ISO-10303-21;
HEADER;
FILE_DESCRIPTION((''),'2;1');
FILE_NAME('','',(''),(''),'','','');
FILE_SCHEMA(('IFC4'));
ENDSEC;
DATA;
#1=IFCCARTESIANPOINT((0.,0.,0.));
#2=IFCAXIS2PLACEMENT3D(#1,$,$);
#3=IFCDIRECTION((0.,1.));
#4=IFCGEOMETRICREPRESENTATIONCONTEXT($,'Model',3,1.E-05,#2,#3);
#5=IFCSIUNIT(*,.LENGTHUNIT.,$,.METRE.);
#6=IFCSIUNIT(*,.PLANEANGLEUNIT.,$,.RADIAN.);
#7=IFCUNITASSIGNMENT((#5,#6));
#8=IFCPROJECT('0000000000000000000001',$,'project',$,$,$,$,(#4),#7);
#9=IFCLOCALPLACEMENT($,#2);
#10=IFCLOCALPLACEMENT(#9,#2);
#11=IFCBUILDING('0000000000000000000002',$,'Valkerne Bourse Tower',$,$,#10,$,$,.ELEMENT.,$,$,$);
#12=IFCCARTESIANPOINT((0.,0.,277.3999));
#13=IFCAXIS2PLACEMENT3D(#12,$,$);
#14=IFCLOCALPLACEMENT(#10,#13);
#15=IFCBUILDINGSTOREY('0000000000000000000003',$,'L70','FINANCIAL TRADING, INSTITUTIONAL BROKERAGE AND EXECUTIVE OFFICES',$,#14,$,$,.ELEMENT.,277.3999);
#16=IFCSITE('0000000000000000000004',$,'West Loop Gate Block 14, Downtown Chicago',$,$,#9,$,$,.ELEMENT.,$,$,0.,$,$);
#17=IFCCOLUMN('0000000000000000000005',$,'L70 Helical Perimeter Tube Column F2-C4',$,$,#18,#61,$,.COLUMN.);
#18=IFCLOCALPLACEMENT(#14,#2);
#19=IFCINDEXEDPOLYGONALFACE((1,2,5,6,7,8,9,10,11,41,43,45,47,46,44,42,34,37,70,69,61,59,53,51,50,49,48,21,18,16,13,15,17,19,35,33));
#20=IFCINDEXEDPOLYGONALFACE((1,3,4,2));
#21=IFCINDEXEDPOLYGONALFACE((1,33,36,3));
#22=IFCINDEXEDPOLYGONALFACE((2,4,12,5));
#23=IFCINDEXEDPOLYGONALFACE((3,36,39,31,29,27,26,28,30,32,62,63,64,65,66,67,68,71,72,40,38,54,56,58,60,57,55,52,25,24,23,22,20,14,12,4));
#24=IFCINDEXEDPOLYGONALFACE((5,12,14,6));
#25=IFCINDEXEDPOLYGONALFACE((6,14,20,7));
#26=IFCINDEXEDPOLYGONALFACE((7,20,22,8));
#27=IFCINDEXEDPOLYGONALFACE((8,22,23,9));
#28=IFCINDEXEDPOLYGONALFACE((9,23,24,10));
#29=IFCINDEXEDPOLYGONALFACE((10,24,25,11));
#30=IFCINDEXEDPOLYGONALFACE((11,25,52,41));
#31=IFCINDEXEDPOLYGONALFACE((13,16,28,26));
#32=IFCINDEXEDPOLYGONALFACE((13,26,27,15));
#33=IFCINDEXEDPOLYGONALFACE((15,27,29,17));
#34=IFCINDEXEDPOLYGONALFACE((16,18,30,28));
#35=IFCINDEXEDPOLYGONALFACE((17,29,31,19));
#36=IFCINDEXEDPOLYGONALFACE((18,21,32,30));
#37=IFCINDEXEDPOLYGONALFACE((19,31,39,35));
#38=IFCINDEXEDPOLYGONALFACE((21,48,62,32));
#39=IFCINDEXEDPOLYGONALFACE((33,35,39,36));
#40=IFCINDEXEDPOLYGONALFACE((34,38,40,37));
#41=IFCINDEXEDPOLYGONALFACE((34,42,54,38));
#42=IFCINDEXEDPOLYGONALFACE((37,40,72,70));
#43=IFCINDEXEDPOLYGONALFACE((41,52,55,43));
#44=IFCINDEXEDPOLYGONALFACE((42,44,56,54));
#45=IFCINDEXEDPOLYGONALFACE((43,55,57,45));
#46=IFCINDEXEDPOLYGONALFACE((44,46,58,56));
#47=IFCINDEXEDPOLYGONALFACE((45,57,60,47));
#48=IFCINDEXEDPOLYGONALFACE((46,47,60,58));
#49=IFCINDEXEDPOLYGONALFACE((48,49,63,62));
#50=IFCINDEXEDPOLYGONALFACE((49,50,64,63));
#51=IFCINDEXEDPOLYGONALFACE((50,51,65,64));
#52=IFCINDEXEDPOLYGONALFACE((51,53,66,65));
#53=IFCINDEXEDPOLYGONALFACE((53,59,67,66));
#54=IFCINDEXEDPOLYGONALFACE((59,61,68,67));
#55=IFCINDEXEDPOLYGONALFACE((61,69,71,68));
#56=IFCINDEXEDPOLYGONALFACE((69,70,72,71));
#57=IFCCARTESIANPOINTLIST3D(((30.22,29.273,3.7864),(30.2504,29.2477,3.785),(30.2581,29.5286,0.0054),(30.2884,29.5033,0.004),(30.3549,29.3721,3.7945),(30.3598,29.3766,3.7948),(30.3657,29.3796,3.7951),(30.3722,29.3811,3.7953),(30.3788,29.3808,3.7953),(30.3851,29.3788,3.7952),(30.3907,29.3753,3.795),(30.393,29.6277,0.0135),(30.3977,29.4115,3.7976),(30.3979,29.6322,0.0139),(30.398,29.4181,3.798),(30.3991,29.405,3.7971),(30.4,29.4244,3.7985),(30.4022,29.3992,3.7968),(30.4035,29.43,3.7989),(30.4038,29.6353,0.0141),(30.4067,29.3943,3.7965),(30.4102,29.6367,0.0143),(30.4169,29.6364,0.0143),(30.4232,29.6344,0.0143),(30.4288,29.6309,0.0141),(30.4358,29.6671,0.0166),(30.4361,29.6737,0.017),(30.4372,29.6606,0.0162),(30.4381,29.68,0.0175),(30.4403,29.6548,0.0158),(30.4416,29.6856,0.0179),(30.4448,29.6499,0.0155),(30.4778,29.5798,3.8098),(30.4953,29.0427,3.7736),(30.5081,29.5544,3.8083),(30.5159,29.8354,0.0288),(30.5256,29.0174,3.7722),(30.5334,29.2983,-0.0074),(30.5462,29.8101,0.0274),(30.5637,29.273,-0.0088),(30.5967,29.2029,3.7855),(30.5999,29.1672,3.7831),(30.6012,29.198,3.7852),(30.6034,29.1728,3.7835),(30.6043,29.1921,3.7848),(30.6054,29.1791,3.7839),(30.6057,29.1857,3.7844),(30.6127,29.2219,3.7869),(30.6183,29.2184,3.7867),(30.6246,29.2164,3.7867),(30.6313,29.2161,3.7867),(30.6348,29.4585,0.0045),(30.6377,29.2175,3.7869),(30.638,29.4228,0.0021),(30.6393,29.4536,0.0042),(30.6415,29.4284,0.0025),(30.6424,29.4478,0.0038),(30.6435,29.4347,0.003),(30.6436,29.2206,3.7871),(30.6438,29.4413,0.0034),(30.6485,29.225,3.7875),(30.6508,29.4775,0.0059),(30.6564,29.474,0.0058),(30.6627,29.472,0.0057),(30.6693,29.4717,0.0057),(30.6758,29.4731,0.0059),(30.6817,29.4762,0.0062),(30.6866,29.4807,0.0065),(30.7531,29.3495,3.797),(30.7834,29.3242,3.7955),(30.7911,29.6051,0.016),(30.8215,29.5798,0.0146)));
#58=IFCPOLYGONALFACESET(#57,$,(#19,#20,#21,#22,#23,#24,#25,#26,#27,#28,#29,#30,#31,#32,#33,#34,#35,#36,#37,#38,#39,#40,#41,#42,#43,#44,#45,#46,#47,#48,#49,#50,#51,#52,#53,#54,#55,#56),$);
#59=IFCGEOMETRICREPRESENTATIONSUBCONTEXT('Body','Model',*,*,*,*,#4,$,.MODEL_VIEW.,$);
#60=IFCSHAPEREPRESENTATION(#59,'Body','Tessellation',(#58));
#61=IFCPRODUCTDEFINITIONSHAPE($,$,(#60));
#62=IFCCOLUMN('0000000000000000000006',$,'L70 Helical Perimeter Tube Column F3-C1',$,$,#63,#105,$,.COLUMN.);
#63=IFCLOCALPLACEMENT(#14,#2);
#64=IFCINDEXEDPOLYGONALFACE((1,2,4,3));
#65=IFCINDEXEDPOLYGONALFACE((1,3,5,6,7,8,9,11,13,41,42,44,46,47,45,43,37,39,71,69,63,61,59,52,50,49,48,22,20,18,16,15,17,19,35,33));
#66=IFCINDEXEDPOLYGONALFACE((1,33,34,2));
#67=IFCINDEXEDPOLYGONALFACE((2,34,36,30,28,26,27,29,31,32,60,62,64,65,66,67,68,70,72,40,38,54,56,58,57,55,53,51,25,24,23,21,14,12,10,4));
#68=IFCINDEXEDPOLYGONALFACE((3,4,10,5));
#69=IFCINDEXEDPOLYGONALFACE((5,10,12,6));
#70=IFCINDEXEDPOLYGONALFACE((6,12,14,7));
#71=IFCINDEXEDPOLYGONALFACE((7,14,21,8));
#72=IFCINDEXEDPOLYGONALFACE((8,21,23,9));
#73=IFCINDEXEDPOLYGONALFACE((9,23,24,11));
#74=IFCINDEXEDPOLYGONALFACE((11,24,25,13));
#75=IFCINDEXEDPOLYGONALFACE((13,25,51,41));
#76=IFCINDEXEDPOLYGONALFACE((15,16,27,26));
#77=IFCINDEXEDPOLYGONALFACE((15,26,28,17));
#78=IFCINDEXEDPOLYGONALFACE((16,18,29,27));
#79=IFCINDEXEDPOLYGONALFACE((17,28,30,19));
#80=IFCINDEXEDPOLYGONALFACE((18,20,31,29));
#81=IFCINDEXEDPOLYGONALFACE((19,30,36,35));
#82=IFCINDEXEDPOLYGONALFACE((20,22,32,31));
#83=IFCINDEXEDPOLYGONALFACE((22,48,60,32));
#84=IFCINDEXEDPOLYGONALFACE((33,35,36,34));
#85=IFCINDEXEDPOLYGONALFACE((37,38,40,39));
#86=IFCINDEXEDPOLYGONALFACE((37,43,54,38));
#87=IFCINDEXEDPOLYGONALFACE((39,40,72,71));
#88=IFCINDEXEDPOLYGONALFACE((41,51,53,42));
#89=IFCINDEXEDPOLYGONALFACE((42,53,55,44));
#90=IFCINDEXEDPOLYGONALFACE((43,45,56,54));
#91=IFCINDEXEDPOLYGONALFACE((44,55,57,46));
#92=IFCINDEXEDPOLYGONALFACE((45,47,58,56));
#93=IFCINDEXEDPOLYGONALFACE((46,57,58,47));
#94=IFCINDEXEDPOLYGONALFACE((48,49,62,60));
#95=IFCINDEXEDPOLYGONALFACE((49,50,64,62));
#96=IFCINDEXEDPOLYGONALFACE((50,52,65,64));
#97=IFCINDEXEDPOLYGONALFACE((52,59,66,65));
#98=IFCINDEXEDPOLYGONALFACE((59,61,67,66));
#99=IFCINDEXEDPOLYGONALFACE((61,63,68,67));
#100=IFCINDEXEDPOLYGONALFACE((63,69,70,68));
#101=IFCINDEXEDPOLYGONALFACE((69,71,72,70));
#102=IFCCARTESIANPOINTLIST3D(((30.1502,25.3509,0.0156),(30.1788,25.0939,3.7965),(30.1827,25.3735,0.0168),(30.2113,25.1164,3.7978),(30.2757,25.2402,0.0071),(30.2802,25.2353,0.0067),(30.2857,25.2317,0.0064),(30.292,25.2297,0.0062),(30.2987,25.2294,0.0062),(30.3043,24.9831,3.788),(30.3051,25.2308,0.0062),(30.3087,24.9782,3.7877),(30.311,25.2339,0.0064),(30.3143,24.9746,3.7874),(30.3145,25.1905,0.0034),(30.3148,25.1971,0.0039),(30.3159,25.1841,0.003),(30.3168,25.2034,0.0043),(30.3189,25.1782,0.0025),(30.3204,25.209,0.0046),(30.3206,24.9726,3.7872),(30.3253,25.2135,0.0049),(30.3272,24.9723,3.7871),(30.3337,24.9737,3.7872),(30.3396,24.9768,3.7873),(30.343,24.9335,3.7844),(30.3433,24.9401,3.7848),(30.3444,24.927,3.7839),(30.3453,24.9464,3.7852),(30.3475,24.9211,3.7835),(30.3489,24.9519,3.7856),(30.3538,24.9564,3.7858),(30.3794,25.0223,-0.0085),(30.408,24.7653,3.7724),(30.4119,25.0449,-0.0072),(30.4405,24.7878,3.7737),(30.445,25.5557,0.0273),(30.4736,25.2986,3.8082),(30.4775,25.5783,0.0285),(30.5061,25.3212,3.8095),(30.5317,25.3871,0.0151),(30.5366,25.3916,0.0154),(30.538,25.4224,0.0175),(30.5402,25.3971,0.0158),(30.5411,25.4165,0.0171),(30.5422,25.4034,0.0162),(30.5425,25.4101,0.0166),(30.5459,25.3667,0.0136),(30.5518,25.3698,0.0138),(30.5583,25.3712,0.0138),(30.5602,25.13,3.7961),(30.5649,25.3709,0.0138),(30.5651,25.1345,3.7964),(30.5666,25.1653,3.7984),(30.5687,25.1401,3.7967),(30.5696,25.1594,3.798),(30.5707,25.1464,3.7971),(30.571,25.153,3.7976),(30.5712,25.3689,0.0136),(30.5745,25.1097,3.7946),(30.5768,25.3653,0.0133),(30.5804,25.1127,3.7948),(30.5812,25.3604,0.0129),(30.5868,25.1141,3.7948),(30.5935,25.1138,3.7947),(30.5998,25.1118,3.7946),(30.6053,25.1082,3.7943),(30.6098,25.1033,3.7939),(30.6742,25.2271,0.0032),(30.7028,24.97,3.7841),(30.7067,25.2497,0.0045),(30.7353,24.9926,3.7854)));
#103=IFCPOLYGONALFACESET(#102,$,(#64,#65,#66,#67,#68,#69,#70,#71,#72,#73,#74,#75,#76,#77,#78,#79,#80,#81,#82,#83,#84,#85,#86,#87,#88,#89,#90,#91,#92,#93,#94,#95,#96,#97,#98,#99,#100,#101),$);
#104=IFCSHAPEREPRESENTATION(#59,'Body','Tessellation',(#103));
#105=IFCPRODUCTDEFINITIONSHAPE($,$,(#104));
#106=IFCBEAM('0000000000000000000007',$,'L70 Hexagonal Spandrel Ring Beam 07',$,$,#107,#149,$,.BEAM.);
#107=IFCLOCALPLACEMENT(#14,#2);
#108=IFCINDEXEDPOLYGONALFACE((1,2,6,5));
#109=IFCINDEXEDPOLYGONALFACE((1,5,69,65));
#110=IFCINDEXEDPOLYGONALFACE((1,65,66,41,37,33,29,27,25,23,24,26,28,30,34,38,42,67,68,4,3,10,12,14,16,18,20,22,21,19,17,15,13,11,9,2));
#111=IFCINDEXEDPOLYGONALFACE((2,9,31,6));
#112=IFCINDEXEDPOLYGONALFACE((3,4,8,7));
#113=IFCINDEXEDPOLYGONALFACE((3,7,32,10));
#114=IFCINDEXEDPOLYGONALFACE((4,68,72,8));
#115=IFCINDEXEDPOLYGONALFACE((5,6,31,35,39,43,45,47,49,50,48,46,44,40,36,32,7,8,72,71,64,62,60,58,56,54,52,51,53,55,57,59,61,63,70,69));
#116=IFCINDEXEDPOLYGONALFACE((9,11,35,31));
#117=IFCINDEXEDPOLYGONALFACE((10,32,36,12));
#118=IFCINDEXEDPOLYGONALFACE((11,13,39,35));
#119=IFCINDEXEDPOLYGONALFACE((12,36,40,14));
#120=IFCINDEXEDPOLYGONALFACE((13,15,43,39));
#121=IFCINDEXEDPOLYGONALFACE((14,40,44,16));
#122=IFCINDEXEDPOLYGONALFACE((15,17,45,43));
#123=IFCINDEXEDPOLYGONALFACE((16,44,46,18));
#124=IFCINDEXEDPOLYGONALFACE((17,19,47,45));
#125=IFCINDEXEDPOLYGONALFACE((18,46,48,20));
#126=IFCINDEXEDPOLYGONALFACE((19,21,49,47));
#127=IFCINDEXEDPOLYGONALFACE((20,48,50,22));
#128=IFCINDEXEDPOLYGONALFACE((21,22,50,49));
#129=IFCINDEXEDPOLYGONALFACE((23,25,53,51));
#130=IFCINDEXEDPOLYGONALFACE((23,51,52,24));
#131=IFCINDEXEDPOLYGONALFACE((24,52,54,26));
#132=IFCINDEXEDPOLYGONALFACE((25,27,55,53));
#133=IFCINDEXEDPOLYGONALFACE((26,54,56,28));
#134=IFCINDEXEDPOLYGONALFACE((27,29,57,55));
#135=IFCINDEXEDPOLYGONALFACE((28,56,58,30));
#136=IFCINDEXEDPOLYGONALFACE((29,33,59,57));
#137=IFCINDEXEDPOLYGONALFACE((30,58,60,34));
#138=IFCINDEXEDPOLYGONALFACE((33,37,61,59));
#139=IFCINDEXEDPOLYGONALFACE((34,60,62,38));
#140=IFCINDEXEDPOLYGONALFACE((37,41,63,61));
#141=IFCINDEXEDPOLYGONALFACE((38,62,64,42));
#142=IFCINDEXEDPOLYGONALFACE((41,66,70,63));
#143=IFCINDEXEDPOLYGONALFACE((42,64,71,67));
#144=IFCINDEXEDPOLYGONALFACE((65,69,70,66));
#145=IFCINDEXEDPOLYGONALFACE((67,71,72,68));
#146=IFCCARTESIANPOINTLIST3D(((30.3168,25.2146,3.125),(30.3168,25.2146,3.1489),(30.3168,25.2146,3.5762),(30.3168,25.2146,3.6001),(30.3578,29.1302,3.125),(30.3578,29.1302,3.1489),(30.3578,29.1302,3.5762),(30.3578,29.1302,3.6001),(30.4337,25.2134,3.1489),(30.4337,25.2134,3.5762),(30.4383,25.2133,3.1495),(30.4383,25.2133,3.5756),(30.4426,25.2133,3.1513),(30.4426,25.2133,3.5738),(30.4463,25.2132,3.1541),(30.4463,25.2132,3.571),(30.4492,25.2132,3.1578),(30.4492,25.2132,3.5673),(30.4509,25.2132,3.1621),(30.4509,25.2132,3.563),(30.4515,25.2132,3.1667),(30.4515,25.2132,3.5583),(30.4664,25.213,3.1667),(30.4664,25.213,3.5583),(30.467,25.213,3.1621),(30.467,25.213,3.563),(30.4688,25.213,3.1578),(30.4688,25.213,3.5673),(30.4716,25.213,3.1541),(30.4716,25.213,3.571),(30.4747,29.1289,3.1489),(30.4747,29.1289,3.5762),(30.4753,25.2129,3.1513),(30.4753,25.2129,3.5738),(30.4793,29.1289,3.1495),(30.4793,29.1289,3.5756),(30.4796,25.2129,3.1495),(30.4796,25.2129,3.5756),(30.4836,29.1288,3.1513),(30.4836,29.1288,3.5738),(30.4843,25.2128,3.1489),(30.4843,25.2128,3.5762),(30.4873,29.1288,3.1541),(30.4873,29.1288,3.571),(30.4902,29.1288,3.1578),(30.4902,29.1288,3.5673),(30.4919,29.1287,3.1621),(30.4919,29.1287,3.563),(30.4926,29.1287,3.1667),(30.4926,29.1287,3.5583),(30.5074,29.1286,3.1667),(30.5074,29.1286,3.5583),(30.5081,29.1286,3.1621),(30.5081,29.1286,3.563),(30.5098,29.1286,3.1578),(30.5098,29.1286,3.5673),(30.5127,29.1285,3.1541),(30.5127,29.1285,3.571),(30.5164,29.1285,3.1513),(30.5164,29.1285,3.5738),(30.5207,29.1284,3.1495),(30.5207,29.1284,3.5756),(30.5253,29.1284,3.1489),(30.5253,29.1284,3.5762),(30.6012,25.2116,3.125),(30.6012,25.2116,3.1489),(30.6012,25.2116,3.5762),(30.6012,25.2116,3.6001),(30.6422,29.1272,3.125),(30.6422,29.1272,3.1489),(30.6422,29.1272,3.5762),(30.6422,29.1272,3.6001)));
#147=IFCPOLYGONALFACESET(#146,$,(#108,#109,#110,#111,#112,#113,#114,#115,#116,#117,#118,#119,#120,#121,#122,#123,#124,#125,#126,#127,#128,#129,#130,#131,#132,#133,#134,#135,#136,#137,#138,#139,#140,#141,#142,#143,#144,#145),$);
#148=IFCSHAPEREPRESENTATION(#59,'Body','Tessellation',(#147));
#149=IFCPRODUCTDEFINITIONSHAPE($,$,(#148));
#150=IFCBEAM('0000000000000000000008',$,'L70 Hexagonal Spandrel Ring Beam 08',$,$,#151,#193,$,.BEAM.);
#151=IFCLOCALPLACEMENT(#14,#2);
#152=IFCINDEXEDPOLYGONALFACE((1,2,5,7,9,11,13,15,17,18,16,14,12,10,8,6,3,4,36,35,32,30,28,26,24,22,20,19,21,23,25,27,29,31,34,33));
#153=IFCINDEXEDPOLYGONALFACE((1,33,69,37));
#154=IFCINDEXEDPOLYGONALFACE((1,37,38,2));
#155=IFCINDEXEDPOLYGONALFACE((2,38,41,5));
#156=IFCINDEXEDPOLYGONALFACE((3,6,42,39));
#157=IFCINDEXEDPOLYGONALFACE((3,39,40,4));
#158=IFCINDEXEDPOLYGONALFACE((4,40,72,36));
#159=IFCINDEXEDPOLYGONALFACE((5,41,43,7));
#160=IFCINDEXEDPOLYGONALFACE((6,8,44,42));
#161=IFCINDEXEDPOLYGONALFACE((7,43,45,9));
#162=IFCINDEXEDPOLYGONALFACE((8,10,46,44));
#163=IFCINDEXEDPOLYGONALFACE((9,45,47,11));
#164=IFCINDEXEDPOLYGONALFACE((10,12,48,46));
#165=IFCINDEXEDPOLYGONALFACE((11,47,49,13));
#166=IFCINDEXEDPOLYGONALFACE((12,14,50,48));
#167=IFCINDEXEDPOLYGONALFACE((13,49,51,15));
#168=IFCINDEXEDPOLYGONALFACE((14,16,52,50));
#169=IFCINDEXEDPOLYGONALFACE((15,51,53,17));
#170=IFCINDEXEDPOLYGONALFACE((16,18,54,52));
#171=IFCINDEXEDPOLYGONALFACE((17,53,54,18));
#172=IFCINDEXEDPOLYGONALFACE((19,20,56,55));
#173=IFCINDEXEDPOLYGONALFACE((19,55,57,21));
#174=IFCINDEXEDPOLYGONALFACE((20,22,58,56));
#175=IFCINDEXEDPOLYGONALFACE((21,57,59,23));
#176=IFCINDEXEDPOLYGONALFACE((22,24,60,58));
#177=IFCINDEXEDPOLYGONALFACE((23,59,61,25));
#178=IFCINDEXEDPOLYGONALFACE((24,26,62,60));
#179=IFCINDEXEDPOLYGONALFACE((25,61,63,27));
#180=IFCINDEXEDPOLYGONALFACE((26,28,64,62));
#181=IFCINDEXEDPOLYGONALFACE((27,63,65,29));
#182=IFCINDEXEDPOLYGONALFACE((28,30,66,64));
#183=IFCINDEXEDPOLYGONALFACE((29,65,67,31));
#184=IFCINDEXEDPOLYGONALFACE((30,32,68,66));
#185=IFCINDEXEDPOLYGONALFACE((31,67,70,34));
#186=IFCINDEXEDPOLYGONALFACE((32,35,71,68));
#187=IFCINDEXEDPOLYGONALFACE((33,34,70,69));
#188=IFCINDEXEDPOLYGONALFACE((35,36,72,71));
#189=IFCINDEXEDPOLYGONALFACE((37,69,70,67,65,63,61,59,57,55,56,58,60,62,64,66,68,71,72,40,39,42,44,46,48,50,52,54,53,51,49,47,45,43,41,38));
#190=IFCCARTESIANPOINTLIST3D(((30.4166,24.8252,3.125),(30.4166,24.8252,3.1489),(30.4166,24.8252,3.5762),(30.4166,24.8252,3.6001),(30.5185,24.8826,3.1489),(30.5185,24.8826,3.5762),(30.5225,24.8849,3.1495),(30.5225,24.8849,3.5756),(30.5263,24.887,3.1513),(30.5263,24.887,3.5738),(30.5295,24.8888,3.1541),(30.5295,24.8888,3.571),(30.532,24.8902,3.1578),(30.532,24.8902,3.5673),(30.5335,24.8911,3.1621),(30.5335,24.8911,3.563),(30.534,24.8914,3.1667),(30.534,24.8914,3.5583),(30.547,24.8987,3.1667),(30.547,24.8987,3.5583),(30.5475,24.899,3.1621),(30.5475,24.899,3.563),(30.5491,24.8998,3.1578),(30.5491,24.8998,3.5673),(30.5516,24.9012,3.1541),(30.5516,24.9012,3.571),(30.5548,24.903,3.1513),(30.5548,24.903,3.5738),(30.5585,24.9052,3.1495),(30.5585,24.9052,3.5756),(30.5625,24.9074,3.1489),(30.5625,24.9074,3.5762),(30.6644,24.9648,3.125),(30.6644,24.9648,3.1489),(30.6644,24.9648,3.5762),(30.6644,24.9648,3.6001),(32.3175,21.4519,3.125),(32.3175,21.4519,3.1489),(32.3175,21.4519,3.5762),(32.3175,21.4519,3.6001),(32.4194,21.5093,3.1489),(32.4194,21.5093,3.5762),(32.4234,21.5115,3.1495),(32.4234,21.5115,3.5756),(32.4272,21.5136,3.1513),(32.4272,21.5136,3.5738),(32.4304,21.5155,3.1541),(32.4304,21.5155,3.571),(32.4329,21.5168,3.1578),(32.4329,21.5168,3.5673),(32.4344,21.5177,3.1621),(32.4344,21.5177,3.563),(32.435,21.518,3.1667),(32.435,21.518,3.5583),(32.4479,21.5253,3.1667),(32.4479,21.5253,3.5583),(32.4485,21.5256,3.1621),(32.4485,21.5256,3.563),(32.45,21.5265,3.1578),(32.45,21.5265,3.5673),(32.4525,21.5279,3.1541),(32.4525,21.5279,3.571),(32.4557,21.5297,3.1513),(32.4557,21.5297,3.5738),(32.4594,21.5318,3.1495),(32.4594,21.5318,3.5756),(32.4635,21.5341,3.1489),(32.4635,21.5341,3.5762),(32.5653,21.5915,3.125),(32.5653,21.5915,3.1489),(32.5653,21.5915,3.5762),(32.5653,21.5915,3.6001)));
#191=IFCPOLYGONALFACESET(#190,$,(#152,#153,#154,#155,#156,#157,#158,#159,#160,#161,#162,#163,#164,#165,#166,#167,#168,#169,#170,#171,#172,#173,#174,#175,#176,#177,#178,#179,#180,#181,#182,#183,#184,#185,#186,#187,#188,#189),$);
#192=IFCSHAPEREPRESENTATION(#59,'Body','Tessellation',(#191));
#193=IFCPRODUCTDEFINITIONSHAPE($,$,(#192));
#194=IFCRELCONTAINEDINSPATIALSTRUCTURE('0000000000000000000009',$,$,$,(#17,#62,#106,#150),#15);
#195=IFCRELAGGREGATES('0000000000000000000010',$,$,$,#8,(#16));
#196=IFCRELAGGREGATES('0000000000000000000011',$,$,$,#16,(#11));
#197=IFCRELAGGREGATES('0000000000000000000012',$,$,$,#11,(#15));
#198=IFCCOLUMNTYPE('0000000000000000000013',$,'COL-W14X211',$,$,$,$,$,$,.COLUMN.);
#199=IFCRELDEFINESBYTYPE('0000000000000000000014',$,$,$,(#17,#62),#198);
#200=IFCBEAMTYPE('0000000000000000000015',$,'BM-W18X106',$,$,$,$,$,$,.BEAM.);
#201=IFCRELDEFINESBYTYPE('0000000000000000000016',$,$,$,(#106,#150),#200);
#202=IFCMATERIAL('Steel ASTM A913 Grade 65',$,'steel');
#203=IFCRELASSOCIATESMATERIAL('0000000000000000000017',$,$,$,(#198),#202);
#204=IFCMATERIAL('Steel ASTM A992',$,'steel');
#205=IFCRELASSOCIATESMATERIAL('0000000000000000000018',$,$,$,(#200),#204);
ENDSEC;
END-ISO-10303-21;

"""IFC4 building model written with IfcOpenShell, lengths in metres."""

from ifc_helpers import new_model, si_unit, direction, frame, origin, origin_2d, place, context, subcontext, project, spatial, i_section, extrude, material, material_profile, profile_set, type_object, element, save


model = new_model("IFC4")

# Units and contexts
model_context = context("Model", 3, precision=1e-05, world=origin(), true_north=direction((0.0, 1.0)))
body_context = subcontext(model_context, "Body", "Model", "MODEL_VIEW")
ifc_project = project(units=[si_unit("LENGTHUNIT", "METRE"), si_unit("PLANEANGLEUNIT", "RADIAN")], contexts=[model_context])

# Site, building, storey
site_placement = place(None, origin())
site = spatial("IfcSite", under=ifc_project, at=site_placement, Name="West Loop Gate Block 14, Downtown Chicago", CompositionType="ELEMENT", RefElevation=0.0)
building_placement = place(site_placement, origin())
building = spatial("IfcBuilding", under=site, at=building_placement, Name="Valkerne Bourse Tower", CompositionType="ELEMENT")
storey_placement = place(building_placement, frame((0.0, 0.0, 277.3999)))
storey = spatial("IfcBuildingStorey", under=building, at=storey_placement, Name="L70", Description="FINANCIAL TRADING, INSTITUTIONAL BROKERAGE AND EXECUTIVE OFFICES", CompositionType="ELEMENT", Elevation=277.3999)

# Columns
ifc_material_1 = material(Name="Steel ASTM A913 Grade 65", Category="steel")
ifc_material_profile_1 = material_profile(ifc_material_1, i_section(OverallWidth=0.4014, OverallDepth=0.3987, WebThickness=0.0249, FlangeThickness=0.0396, FilletRadius=0.0254, at=origin_2d()), Name="W14X211")
ifc_profile_set_1 = profile_set([ifc_material_profile_1], Name="Steel ASTM A913 Grade 65")
column_type = type_object("IfcColumnType", Name="COL-W14X211", PredefinedType="COLUMN", material=ifc_profile_set_1)
for number, where, z_axis, x_axis, name in (
    (1, (30.5398, 29.5542, 0.01), (-0.01005, -0.067448, 0.997672), (-0.642155, -0.764367, -0.058143), "L70 Helical Perimeter Tube Column F2-C4"),
    (2, (30.4285, 25.3003, 0.01), (0.007537, -0.067834, 0.997668), (0.571063, -0.818712, -0.059981), "L70 Helical Perimeter Tube Column F3-C1"),
):
    element("IfcColumn", number, at=place(storey_placement, frame(where, z_axis=z_axis, x_axis=x_axis)), inside=storey, type_object=column_type, Name=name, PredefinedType="COLUMN", context=body_context, shape_type="SweptSolid", body=[
        extrude(i_section(OverallWidth=0.4014, OverallDepth=0.3987, WebThickness=0.0249, FlangeThickness=0.0396, FilletRadius=0.0254, at=origin_2d()), origin(), (0.0, 0.0, 1.0), 3.7898),
    ])

# Beams
ifc_material_2 = material(Name="Steel ASTM A992", Category="steel")
ifc_material_profile_2 = material_profile(ifc_material_2, i_section(OverallWidth=0.2844, OverallDepth=0.4751, WebThickness=0.0149, FlangeThickness=0.0239, FilletRadius=0.0178, at=origin_2d()), Name="W18X106")
ifc_profile_set_2 = profile_set([ifc_material_profile_2], Name="Steel ASTM A992")
beam_type = type_object("IfcBeamType", Name="BM-W18X106", PredefinedType="BEAM", material=ifc_profile_set_2)
beam_1_placement = place(storey_placement, frame((30.5, 29.1287, 3.3625), z_axis=(-0.010475, -0.999945, 0.0), x_axis=(0.999945, -0.010475, 0.0)))
element("IfcBeam", 3, at=beam_1_placement, inside=storey, type_object=beam_type, Name="L70 Hexagonal Spandrel Ring Beam 07", PredefinedType="BEAM", context=body_context, shape_type="SweptSolid", body=[
    extrude(i_section(OverallWidth=0.2844, OverallDepth=0.4751, WebThickness=0.0149, FlangeThickness=0.0239, FilletRadius=0.0178, at=origin_2d()), origin(), (0.0, 0.0, 1.0), 3.9158),
])
beam_2_placement = place(storey_placement, frame((30.5405, 24.895, 3.3625), z_axis=(0.490929, -0.8712, 0.0), x_axis=(0.8712, 0.490929, 0.0)))
element("IfcBeam", 4, at=beam_2_placement, inside=storey, type_object=beam_type, Name="L70 Hexagonal Spandrel Ring Beam 08", PredefinedType="BEAM", context=body_context, shape_type="SweptSolid", body=[
    extrude(i_section(OverallWidth=0.2844, OverallDepth=0.4751, WebThickness=0.0149, FlangeThickness=0.0239, FilletRadius=0.0178, at=origin_2d()), origin(), (0.0, 0.0, 1.0), 3.8721),
])

save(model, "model.ifc")
